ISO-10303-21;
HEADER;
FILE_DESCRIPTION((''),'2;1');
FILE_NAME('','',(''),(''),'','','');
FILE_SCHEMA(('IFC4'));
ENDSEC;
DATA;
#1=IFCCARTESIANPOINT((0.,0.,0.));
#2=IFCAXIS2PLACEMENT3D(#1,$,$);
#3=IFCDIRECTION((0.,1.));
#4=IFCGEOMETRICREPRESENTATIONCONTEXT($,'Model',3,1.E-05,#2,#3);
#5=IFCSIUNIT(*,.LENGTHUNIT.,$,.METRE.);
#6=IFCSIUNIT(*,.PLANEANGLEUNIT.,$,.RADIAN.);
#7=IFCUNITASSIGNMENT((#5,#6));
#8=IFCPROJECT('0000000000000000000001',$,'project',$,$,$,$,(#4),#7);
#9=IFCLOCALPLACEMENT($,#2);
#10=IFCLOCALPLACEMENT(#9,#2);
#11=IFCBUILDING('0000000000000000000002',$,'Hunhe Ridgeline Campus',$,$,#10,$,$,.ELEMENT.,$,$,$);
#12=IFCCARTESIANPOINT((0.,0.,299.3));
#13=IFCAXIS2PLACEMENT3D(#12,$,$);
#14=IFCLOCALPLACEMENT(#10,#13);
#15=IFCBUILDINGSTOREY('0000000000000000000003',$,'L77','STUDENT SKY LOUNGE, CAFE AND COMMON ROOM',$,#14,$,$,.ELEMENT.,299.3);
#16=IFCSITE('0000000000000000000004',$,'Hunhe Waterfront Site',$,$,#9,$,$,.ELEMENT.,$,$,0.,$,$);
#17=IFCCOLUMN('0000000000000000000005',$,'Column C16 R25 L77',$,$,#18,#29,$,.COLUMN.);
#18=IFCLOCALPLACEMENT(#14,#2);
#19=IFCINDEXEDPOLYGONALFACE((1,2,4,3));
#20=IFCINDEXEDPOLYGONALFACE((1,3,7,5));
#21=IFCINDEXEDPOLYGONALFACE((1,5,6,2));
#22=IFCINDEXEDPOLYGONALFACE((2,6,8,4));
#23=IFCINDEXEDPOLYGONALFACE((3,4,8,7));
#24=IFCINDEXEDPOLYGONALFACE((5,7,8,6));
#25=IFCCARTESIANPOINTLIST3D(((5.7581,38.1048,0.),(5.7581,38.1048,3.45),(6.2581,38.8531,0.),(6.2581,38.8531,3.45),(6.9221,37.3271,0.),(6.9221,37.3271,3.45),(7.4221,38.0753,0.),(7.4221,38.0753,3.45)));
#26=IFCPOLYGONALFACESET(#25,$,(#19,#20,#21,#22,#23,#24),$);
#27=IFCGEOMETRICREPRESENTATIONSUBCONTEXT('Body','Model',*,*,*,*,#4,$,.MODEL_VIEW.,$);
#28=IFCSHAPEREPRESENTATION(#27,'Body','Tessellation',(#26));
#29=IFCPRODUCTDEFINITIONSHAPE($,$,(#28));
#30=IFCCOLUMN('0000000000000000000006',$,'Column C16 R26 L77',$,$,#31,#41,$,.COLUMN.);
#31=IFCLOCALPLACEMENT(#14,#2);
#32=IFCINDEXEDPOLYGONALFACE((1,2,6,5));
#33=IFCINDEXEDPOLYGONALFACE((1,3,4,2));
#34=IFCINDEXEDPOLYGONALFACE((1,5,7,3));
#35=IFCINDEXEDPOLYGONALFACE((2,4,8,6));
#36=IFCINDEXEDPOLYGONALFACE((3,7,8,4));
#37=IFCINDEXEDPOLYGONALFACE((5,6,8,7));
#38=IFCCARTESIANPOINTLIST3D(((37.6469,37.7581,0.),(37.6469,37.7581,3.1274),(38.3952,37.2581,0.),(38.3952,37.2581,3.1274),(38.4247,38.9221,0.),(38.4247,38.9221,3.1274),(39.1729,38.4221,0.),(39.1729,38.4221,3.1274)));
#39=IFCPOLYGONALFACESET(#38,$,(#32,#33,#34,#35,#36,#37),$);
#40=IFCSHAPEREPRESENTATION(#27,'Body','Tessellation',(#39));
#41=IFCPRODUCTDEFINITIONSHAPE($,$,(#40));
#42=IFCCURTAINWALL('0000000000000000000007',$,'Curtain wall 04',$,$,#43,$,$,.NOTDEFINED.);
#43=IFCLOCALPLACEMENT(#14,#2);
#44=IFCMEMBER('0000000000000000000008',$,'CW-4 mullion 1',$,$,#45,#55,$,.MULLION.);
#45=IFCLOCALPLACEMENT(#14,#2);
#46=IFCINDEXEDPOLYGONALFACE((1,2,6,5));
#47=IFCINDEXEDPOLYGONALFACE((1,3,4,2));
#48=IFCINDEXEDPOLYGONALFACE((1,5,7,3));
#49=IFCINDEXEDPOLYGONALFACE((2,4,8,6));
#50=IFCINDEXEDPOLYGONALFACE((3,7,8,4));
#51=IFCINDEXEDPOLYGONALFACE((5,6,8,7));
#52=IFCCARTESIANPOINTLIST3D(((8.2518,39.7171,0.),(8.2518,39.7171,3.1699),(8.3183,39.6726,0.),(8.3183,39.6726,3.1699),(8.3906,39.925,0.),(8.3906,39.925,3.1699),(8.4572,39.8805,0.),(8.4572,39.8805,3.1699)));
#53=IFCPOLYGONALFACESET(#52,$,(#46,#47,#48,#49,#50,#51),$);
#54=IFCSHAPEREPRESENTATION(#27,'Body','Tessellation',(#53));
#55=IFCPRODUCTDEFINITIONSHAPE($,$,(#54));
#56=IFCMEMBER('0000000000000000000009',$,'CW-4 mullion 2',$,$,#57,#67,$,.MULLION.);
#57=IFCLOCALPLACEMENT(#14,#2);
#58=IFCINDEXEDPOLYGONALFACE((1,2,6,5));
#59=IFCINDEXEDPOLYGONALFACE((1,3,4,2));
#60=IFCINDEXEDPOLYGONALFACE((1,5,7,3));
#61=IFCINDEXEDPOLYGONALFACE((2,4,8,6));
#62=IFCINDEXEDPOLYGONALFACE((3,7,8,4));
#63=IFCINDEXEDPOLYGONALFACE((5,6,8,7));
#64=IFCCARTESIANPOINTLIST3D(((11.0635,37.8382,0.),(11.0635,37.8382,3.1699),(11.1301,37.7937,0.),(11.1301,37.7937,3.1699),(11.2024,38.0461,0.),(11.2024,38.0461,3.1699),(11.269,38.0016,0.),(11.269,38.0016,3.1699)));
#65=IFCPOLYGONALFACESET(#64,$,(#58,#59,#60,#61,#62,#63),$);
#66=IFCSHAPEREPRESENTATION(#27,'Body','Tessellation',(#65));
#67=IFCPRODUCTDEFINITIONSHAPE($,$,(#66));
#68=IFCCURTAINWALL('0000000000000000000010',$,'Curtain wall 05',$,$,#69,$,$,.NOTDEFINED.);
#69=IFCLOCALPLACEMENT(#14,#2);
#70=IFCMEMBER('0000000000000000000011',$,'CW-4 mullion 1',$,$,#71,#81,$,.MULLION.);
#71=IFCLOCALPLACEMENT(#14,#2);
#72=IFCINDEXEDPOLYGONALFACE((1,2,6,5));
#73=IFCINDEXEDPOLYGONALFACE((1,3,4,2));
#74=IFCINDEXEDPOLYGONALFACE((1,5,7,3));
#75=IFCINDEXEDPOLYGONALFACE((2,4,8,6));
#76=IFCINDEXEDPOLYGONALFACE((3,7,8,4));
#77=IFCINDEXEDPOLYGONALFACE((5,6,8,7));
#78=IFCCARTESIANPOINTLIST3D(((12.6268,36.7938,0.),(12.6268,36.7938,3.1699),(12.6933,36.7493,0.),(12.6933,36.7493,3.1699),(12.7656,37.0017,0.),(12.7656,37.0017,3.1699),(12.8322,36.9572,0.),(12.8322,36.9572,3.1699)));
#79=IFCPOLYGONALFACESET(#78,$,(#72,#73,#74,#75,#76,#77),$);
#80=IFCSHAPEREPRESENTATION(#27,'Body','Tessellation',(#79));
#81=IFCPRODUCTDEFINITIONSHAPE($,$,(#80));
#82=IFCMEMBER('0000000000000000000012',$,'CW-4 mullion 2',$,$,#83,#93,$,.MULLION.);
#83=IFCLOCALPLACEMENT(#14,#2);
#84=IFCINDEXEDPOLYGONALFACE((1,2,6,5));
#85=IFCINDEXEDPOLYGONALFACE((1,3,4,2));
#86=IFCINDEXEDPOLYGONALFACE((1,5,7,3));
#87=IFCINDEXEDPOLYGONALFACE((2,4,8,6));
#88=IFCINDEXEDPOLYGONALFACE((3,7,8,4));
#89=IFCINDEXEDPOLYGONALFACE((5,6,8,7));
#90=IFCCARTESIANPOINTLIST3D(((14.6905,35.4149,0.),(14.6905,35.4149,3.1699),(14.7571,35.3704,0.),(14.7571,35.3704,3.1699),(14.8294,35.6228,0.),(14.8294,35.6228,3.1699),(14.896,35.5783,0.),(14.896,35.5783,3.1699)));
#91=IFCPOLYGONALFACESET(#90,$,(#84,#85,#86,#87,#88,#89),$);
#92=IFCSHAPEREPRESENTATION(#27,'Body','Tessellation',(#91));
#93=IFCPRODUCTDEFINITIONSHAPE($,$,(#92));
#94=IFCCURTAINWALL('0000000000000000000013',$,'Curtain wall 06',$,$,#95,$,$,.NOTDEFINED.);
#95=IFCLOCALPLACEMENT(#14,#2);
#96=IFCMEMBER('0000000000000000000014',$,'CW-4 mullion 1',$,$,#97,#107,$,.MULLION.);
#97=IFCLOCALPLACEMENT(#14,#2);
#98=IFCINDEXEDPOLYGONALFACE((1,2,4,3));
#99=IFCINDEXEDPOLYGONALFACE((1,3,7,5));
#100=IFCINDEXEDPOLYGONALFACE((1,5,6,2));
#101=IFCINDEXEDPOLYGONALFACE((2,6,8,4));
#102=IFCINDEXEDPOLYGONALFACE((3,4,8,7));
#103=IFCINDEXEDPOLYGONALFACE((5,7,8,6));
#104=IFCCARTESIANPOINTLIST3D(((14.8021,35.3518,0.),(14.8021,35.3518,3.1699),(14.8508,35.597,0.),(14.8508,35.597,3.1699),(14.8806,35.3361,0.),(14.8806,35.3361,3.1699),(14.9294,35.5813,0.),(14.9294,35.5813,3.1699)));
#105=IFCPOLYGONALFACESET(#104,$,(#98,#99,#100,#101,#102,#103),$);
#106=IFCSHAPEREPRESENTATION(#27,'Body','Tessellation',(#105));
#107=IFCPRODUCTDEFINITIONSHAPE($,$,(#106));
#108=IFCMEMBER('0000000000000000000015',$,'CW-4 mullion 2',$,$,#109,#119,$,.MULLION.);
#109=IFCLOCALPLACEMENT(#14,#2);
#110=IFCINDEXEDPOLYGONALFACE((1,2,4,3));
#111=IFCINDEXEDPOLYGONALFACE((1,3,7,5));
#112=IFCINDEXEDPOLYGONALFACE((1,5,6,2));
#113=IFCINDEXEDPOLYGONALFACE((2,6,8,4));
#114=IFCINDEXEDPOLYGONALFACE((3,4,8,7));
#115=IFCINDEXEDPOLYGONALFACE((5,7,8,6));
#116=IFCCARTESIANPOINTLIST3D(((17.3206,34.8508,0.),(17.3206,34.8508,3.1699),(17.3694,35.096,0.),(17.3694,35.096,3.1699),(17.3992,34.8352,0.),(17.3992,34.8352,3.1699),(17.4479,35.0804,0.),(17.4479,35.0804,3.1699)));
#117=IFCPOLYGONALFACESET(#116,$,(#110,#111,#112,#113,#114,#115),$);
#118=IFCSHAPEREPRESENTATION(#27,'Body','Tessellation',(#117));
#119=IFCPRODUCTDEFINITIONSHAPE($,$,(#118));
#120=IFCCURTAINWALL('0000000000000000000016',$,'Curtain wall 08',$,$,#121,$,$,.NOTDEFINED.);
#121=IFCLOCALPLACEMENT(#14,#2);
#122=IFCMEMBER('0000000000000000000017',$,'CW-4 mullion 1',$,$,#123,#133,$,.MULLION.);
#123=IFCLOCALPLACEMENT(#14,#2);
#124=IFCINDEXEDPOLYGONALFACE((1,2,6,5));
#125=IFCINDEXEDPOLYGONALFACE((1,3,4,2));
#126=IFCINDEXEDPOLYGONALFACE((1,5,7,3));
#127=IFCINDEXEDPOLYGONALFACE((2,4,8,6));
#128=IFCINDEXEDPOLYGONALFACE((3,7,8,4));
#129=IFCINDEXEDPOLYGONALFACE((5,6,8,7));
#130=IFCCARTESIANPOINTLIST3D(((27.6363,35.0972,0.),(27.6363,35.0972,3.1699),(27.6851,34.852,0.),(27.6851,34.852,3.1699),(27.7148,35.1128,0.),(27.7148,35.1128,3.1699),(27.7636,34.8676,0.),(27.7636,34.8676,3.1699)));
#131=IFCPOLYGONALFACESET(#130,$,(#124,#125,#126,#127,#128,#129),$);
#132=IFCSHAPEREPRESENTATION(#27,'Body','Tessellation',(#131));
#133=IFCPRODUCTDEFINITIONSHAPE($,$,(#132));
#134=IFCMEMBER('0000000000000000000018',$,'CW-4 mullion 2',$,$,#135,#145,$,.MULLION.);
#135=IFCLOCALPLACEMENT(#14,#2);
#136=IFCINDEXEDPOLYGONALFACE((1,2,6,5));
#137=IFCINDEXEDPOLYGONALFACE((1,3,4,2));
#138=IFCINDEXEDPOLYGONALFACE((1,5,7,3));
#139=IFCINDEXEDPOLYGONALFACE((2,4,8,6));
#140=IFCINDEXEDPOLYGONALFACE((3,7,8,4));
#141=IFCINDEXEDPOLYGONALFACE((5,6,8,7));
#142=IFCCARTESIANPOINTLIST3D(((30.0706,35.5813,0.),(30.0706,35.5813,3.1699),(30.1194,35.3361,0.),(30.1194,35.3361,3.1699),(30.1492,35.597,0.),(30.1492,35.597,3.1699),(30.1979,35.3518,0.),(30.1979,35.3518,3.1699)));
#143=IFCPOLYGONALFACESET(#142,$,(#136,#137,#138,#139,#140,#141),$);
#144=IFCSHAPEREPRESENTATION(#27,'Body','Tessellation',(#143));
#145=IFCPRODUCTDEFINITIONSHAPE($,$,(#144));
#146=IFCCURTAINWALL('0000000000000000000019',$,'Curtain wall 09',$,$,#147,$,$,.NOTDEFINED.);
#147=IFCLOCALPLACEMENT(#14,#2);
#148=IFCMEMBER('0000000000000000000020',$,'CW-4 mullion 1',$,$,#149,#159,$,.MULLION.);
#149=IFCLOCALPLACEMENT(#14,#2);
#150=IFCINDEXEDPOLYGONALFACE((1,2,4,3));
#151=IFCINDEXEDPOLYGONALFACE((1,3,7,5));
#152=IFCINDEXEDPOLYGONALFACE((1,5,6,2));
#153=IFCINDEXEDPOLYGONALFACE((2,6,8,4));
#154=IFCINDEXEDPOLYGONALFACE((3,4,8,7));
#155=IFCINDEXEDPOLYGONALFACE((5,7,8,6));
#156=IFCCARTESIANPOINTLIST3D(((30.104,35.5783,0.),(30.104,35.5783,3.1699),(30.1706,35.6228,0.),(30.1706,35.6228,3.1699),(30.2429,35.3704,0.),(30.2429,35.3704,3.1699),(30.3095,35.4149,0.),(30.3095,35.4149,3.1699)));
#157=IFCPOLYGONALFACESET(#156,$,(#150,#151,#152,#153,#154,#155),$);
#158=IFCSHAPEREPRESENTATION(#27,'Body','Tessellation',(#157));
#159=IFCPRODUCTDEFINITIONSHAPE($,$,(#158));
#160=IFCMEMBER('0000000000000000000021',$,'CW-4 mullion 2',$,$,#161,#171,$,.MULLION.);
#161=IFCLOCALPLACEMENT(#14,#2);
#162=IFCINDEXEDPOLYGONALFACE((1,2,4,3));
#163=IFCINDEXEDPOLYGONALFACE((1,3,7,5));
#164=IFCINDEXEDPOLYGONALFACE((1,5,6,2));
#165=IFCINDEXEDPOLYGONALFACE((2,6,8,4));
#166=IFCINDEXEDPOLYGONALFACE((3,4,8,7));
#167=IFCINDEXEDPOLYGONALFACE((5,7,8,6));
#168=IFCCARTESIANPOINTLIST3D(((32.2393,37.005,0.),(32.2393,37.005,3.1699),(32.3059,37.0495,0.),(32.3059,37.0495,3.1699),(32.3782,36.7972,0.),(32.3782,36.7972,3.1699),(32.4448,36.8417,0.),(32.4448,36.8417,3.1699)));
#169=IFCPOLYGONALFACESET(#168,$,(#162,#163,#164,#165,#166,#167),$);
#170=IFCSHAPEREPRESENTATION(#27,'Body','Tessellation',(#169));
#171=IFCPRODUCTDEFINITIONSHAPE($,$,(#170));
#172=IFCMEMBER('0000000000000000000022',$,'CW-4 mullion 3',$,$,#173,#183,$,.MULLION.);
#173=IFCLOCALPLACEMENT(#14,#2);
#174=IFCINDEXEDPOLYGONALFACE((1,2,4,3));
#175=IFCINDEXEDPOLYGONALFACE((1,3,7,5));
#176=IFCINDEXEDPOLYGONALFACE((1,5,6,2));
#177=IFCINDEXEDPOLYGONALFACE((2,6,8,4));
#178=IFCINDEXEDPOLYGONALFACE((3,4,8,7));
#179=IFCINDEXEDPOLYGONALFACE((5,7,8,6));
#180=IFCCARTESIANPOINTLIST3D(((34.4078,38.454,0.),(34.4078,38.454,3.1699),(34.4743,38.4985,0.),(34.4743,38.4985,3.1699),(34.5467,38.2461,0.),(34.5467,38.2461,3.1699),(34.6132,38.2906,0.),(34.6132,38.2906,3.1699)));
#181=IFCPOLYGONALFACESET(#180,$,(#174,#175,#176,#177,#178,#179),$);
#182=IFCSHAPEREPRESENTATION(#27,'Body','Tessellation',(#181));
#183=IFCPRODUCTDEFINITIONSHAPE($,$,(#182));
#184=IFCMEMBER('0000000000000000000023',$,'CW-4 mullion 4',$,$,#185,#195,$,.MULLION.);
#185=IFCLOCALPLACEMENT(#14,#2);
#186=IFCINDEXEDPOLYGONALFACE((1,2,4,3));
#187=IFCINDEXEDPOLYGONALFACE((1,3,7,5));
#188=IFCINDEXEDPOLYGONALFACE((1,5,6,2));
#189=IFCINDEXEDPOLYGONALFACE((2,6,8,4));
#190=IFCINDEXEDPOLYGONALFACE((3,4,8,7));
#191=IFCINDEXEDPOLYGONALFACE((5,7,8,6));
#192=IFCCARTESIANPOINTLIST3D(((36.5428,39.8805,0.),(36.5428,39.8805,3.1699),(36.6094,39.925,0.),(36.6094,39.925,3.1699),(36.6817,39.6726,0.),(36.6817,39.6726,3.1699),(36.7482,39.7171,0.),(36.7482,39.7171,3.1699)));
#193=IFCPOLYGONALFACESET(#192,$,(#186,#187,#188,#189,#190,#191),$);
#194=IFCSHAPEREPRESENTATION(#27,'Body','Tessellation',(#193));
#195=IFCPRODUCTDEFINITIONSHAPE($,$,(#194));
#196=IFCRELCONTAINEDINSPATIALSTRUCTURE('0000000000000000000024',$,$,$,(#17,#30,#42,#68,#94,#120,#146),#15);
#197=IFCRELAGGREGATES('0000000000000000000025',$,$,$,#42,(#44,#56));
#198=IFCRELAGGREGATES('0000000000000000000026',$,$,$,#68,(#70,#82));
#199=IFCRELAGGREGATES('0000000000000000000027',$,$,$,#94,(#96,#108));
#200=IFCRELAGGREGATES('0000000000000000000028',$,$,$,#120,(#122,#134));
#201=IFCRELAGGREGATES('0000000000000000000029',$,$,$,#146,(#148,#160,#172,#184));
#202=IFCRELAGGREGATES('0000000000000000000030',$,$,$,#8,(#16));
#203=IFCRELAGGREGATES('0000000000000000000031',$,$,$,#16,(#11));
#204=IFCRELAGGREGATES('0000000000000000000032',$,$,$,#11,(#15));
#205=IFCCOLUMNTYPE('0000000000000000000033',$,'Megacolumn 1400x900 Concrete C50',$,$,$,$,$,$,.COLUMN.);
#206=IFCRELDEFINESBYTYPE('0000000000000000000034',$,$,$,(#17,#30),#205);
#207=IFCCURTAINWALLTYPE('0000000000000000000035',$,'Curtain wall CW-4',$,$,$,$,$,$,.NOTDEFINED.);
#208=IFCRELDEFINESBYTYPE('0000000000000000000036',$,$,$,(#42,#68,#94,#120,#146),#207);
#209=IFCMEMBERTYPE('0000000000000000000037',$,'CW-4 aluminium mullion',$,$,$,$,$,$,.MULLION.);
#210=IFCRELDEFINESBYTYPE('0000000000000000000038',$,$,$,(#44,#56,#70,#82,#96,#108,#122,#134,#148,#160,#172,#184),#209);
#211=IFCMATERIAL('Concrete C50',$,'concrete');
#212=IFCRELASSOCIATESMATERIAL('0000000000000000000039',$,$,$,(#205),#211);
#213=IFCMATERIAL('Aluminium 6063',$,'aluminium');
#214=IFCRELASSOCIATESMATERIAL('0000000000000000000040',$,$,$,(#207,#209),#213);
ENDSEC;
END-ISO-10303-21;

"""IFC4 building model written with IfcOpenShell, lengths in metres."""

from ifc_helpers import new_model, si_unit, direction, frame, origin, origin_2d, place, context, subcontext, project, spatial, rectangle, extrude, material, material_profile, profile_set, type_object, element, aggregate, save


model = new_model("IFC4")

# Units and contexts
model_context = context("Model", 3, precision=1e-05, world=origin(), true_north=direction((0.0, 1.0)))
body_context = subcontext(model_context, "Body", "Model", "MODEL_VIEW")
ifc_project = project(units=[si_unit("LENGTHUNIT", "METRE"), si_unit("PLANEANGLEUNIT", "RADIAN")], contexts=[model_context])

# Site, building, storey
site_placement = place(None, origin())
site = spatial("IfcSite", under=ifc_project, at=site_placement, Name="Hunhe Waterfront Site", CompositionType="ELEMENT", RefElevation=0.0)
building_placement = place(site_placement, origin())
building = spatial("IfcBuilding", under=site, at=building_placement, Name="Hunhe Ridgeline Campus", CompositionType="ELEMENT")
storey_placement = place(building_placement, frame((0.0, 0.0, 299.3)))
storey = spatial("IfcBuildingStorey", under=building, at=storey_placement, Name="L77", Description="STUDENT SKY LOUNGE, CAFE AND COMMON ROOM", CompositionType="ELEMENT", Elevation=299.3)

# Columns
ifc_material_1 = material(Name="Concrete C50", Category="concrete")
ifc_material_profile_1 = material_profile(ifc_material_1, rectangle(XDim=1.3999, YDim=0.8999, at=origin_2d()))
ifc_profile_set_1 = profile_set([ifc_material_profile_1], Name="Concrete C50")
column_type = type_object("IfcColumnType", Name="Megacolumn 1400x900 Concrete C50", PredefinedType="COLUMN", material=ifc_profile_set_1)
column_1_placement = place(storey_placement, frame((6.5901, 38.0901, 0.0), z_axis=(0.0, 0.0, 1.0), x_axis=(-0.83147, 0.55557, 0.0)))
element("IfcColumn", 1, at=column_1_placement, inside=storey, type_object=column_type, Name="Column C16 R25 L77", PredefinedType="COLUMN", context=body_context, shape_type="SweptSolid", body=[
    extrude(rectangle(XDim=1.3999, YDim=0.8999, at=origin_2d()), origin(), (0.0, 0.0, 1.0), 3.45),
])
column_2_placement = place(storey_placement, frame((38.4099, 38.0901, 0.0), z_axis=(0.0, 0.0, 1.0), x_axis=(0.55557, 0.83147, 0.0)))
element("IfcColumn", 2, at=column_2_placement, inside=storey, type_object=column_type, Name="Column C16 R26 L77", PredefinedType="COLUMN", context=body_context, shape_type="SweptSolid", body=[
    extrude(rectangle(XDim=1.3999, YDim=0.8999, at=origin_2d()), origin(), (0.0, 0.0, 1.0), 3.1274),
])

# Curtain walls, members
ifc_material_2 = material(Name="Aluminium 6063", Category="aluminium")
curtain_wall_type = type_object("IfcCurtainWallType", Name="Curtain wall CW-4", PredefinedType="NOTDEFINED", material=ifc_material_2)
curtain_wall_1_placement = place(storey_placement, origin())
curtain_wall_1 = element("IfcCurtainWall", 3, at=curtain_wall_1_placement, inside=storey, type_object=curtain_wall_type, Name="Curtain wall 04", PredefinedType="NOTDEFINED")
ifc_material_profile_2 = material_profile(ifc_material_2, rectangle(XDim=0.25, YDim=0.0801, at=origin_2d()))
ifc_profile_set_2 = profile_set([ifc_material_profile_2], Name="Aluminium 6063")
member_type_1 = type_object("IfcMemberType", Name="CW-4 aluminium mullion", PredefinedType="MULLION", material=ifc_profile_set_2)
member_1_placement = place(storey_placement, frame((8.3545, 39.7988, 0.0), z_axis=(0.0, 0.0, 1.0), x_axis=(0.55557, 0.83147, 0.0)))
member_1 = element("IfcMember", 4, at=member_1_placement, type_object=member_type_1, Name="CW-4 mullion 1", PredefinedType="MULLION", context=body_context, shape_type="SweptSolid", body=[
    extrude(rectangle(XDim=0.25, YDim=0.0801, at=origin_2d()), origin(), (0.0, 0.0, 1.0), 3.1699),
])
member_2_placement = place(storey_placement, frame((11.1663, 37.9199, 0.0), z_axis=(0.0, 0.0, 1.0), x_axis=(0.55557, 0.83147, 0.0)))
member_2 = element("IfcMember", 5, at=member_2_placement, type_object=member_type_1, Name="CW-4 mullion 2", PredefinedType="MULLION", context=body_context, shape_type="SweptSolid", body=[
    extrude(rectangle(XDim=0.25, YDim=0.0801, at=origin_2d()), origin(), (0.0, 0.0, 1.0), 3.1699),
])
curtain_wall_2_placement = place(storey_placement, origin())
curtain_wall_2 = element("IfcCurtainWall", 6, at=curtain_wall_2_placement, inside=storey, type_object=curtain_wall_type, Name="Curtain wall 05", PredefinedType="NOTDEFINED")
member_3_placement = place(storey_placement, frame((12.7295, 36.8755, 0.0), z_axis=(0.0, 0.0, 1.0), x_axis=(0.55557, 0.83147, 0.0)))
member_3 = element("IfcMember", 7, at=member_3_placement, type_object=member_type_1, Name="CW-4 mullion 1", PredefinedType="MULLION", context=body_context, shape_type="SweptSolid", body=[
    extrude(rectangle(XDim=0.25, YDim=0.0801, at=origin_2d()), origin(), (0.0, 0.0, 1.0), 3.1699),
])
member_4_placement = place(storey_placement, frame((14.7932, 35.4966, 0.0), z_axis=(0.0, 0.0, 1.0), x_axis=(0.55557, 0.83147, 0.0)))
member_4 = element("IfcMember", 8, at=member_4_placement, type_object=member_type_1, Name="CW-4 mullion 2", PredefinedType="MULLION", context=body_context, shape_type="SweptSolid", body=[
    extrude(rectangle(XDim=0.25, YDim=0.0801, at=origin_2d()), origin(), (0.0, 0.0, 1.0), 3.1699),
])
curtain_wall_3_placement = place(storey_placement, origin())
curtain_wall_3 = element("IfcCurtainWall", 9, at=curtain_wall_3_placement, inside=storey, type_object=curtain_wall_type, Name="Curtain wall 06", PredefinedType="NOTDEFINED")
member_5_placement = place(storey_placement, frame((14.8657, 35.4666, 0.0), z_axis=(0.0, 0.0, 1.0), x_axis=(0.19509, 0.980785, 0.0)))
member_5 = element("IfcMember", 10, at=member_5_placement, type_object=member_type_1, Name="CW-4 mullion 1", PredefinedType="MULLION", context=body_context, shape_type="SweptSolid", body=[
    extrude(rectangle(XDim=0.25, YDim=0.0801, at=origin_2d()), origin(), (0.0, 0.0, 1.0), 3.1699),
])
member_6_placement = place(storey_placement, frame((17.3843, 34.9656, 0.0), z_axis=(0.0, 0.0, 1.0), x_axis=(0.19509, 0.980785, 0.0)))
member_6 = element("IfcMember", 11, at=member_6_placement, type_object=member_type_1, Name="CW-4 mullion 2", PredefinedType="MULLION", context=body_context, shape_type="SweptSolid", body=[
    extrude(rectangle(XDim=0.25, YDim=0.0801, at=origin_2d()), origin(), (0.0, 0.0, 1.0), 3.1699),
])
curtain_wall_4_placement = place(storey_placement, origin())
curtain_wall_4 = element("IfcCurtainWall", 12, at=curtain_wall_4_placement, inside=storey, type_object=curtain_wall_type, Name="Curtain wall 08", PredefinedType="NOTDEFINED")
member_7_placement = place(storey_placement, frame((27.7, 34.9824, 0.0), z_axis=(0.0, 0.0, 1.0), x_axis=(-0.195091, 0.980785, 0.0)))
member_7 = element("IfcMember", 13, at=member_7_placement, type_object=member_type_1, Name="CW-4 mullion 1", PredefinedType="MULLION", context=body_context, shape_type="SweptSolid", body=[
    extrude(rectangle(XDim=0.25, YDim=0.0801, at=origin_2d()), origin(), (0.0, 0.0, 1.0), 3.1699),
])
member_8_placement = place(storey_placement, frame((30.1343, 35.4666, 0.0), z_axis=(0.0, 0.0, 1.0), x_axis=(-0.195091, 0.980785, 0.0)))
member_8 = element("IfcMember", 14, at=member_8_placement, type_object=member_type_1, Name="CW-4 mullion 2", PredefinedType="MULLION", context=body_context, shape_type="SweptSolid", body=[
    extrude(rectangle(XDim=0.25, YDim=0.0801, at=origin_2d()), origin(), (0.0, 0.0, 1.0), 3.1699),
])
curtain_wall_5_placement = place(storey_placement, origin())
curtain_wall_5 = element("IfcCurtainWall", 15, at=curtain_wall_5_placement, inside=storey, type_object=curtain_wall_type, Name="Curtain wall 09", PredefinedType="NOTDEFINED")
member_9_placement = place(storey_placement, frame((30.2068, 35.4966, 0.0), z_axis=(0.0, 0.0, 1.0), x_axis=(-0.55557, 0.83147, 0.0)))
member_9 = element("IfcMember", 16, at=member_9_placement, type_object=member_type_1, Name="CW-4 mullion 1", PredefinedType="MULLION", context=body_context, shape_type="SweptSolid", body=[
    extrude(rectangle(XDim=0.25, YDim=0.0801, at=origin_2d()), origin(), (0.0, 0.0, 1.0), 3.1699),
])
member_10_placement = place(storey_placement, frame((32.342, 36.9233, 0.0), z_axis=(0.0, 0.0, 1.0), x_axis=(-0.55557, 0.83147, 0.0)))
member_10 = element("IfcMember", 17, at=member_10_placement, type_object=member_type_1, Name="CW-4 mullion 2", PredefinedType="MULLION", context=body_context, shape_type="SweptSolid", body=[
    extrude(rectangle(XDim=0.25, YDim=0.0801, at=origin_2d()), origin(), (0.0, 0.0, 1.0), 3.1699),
])
member_11_placement = place(storey_placement, frame((34.5105, 38.3723, 0.0), z_axis=(0.0, 0.0, 1.0), x_axis=(-0.55557, 0.83147, 0.0)))
member_11 = element("IfcMember", 18, at=member_11_placement, type_object=member_type_1, Name="CW-4 mullion 3", PredefinedType="MULLION", context=body_context, shape_type="SweptSolid", body=[
    extrude(rectangle(XDim=0.25, YDim=0.0801, at=origin_2d()), origin(), (0.0, 0.0, 1.0), 3.1699),
])
member_12_placement = place(storey_placement, frame((36.6455, 39.7988, 0.0), z_axis=(0.0, 0.0, 1.0), x_axis=(-0.55557, 0.83147, 0.0)))
member_12 = element("IfcMember", 19, at=member_12_placement, type_object=member_type_1, Name="CW-4 mullion 4", PredefinedType="MULLION", context=body_context, shape_type="SweptSolid", body=[
    extrude(rectangle(XDim=0.25, YDim=0.0801, at=origin_2d()), origin(), (0.0, 0.0, 1.0), 3.1699),
])

aggregate(curtain_wall_1, [member_1, member_2])
aggregate(curtain_wall_2, [member_3, member_4])
aggregate(curtain_wall_3, [member_5, member_6])
aggregate(curtain_wall_4, [member_7, member_8])
aggregate(curtain_wall_5, [member_9, member_10, member_11, member_12])

save(model, "model.ifc")
